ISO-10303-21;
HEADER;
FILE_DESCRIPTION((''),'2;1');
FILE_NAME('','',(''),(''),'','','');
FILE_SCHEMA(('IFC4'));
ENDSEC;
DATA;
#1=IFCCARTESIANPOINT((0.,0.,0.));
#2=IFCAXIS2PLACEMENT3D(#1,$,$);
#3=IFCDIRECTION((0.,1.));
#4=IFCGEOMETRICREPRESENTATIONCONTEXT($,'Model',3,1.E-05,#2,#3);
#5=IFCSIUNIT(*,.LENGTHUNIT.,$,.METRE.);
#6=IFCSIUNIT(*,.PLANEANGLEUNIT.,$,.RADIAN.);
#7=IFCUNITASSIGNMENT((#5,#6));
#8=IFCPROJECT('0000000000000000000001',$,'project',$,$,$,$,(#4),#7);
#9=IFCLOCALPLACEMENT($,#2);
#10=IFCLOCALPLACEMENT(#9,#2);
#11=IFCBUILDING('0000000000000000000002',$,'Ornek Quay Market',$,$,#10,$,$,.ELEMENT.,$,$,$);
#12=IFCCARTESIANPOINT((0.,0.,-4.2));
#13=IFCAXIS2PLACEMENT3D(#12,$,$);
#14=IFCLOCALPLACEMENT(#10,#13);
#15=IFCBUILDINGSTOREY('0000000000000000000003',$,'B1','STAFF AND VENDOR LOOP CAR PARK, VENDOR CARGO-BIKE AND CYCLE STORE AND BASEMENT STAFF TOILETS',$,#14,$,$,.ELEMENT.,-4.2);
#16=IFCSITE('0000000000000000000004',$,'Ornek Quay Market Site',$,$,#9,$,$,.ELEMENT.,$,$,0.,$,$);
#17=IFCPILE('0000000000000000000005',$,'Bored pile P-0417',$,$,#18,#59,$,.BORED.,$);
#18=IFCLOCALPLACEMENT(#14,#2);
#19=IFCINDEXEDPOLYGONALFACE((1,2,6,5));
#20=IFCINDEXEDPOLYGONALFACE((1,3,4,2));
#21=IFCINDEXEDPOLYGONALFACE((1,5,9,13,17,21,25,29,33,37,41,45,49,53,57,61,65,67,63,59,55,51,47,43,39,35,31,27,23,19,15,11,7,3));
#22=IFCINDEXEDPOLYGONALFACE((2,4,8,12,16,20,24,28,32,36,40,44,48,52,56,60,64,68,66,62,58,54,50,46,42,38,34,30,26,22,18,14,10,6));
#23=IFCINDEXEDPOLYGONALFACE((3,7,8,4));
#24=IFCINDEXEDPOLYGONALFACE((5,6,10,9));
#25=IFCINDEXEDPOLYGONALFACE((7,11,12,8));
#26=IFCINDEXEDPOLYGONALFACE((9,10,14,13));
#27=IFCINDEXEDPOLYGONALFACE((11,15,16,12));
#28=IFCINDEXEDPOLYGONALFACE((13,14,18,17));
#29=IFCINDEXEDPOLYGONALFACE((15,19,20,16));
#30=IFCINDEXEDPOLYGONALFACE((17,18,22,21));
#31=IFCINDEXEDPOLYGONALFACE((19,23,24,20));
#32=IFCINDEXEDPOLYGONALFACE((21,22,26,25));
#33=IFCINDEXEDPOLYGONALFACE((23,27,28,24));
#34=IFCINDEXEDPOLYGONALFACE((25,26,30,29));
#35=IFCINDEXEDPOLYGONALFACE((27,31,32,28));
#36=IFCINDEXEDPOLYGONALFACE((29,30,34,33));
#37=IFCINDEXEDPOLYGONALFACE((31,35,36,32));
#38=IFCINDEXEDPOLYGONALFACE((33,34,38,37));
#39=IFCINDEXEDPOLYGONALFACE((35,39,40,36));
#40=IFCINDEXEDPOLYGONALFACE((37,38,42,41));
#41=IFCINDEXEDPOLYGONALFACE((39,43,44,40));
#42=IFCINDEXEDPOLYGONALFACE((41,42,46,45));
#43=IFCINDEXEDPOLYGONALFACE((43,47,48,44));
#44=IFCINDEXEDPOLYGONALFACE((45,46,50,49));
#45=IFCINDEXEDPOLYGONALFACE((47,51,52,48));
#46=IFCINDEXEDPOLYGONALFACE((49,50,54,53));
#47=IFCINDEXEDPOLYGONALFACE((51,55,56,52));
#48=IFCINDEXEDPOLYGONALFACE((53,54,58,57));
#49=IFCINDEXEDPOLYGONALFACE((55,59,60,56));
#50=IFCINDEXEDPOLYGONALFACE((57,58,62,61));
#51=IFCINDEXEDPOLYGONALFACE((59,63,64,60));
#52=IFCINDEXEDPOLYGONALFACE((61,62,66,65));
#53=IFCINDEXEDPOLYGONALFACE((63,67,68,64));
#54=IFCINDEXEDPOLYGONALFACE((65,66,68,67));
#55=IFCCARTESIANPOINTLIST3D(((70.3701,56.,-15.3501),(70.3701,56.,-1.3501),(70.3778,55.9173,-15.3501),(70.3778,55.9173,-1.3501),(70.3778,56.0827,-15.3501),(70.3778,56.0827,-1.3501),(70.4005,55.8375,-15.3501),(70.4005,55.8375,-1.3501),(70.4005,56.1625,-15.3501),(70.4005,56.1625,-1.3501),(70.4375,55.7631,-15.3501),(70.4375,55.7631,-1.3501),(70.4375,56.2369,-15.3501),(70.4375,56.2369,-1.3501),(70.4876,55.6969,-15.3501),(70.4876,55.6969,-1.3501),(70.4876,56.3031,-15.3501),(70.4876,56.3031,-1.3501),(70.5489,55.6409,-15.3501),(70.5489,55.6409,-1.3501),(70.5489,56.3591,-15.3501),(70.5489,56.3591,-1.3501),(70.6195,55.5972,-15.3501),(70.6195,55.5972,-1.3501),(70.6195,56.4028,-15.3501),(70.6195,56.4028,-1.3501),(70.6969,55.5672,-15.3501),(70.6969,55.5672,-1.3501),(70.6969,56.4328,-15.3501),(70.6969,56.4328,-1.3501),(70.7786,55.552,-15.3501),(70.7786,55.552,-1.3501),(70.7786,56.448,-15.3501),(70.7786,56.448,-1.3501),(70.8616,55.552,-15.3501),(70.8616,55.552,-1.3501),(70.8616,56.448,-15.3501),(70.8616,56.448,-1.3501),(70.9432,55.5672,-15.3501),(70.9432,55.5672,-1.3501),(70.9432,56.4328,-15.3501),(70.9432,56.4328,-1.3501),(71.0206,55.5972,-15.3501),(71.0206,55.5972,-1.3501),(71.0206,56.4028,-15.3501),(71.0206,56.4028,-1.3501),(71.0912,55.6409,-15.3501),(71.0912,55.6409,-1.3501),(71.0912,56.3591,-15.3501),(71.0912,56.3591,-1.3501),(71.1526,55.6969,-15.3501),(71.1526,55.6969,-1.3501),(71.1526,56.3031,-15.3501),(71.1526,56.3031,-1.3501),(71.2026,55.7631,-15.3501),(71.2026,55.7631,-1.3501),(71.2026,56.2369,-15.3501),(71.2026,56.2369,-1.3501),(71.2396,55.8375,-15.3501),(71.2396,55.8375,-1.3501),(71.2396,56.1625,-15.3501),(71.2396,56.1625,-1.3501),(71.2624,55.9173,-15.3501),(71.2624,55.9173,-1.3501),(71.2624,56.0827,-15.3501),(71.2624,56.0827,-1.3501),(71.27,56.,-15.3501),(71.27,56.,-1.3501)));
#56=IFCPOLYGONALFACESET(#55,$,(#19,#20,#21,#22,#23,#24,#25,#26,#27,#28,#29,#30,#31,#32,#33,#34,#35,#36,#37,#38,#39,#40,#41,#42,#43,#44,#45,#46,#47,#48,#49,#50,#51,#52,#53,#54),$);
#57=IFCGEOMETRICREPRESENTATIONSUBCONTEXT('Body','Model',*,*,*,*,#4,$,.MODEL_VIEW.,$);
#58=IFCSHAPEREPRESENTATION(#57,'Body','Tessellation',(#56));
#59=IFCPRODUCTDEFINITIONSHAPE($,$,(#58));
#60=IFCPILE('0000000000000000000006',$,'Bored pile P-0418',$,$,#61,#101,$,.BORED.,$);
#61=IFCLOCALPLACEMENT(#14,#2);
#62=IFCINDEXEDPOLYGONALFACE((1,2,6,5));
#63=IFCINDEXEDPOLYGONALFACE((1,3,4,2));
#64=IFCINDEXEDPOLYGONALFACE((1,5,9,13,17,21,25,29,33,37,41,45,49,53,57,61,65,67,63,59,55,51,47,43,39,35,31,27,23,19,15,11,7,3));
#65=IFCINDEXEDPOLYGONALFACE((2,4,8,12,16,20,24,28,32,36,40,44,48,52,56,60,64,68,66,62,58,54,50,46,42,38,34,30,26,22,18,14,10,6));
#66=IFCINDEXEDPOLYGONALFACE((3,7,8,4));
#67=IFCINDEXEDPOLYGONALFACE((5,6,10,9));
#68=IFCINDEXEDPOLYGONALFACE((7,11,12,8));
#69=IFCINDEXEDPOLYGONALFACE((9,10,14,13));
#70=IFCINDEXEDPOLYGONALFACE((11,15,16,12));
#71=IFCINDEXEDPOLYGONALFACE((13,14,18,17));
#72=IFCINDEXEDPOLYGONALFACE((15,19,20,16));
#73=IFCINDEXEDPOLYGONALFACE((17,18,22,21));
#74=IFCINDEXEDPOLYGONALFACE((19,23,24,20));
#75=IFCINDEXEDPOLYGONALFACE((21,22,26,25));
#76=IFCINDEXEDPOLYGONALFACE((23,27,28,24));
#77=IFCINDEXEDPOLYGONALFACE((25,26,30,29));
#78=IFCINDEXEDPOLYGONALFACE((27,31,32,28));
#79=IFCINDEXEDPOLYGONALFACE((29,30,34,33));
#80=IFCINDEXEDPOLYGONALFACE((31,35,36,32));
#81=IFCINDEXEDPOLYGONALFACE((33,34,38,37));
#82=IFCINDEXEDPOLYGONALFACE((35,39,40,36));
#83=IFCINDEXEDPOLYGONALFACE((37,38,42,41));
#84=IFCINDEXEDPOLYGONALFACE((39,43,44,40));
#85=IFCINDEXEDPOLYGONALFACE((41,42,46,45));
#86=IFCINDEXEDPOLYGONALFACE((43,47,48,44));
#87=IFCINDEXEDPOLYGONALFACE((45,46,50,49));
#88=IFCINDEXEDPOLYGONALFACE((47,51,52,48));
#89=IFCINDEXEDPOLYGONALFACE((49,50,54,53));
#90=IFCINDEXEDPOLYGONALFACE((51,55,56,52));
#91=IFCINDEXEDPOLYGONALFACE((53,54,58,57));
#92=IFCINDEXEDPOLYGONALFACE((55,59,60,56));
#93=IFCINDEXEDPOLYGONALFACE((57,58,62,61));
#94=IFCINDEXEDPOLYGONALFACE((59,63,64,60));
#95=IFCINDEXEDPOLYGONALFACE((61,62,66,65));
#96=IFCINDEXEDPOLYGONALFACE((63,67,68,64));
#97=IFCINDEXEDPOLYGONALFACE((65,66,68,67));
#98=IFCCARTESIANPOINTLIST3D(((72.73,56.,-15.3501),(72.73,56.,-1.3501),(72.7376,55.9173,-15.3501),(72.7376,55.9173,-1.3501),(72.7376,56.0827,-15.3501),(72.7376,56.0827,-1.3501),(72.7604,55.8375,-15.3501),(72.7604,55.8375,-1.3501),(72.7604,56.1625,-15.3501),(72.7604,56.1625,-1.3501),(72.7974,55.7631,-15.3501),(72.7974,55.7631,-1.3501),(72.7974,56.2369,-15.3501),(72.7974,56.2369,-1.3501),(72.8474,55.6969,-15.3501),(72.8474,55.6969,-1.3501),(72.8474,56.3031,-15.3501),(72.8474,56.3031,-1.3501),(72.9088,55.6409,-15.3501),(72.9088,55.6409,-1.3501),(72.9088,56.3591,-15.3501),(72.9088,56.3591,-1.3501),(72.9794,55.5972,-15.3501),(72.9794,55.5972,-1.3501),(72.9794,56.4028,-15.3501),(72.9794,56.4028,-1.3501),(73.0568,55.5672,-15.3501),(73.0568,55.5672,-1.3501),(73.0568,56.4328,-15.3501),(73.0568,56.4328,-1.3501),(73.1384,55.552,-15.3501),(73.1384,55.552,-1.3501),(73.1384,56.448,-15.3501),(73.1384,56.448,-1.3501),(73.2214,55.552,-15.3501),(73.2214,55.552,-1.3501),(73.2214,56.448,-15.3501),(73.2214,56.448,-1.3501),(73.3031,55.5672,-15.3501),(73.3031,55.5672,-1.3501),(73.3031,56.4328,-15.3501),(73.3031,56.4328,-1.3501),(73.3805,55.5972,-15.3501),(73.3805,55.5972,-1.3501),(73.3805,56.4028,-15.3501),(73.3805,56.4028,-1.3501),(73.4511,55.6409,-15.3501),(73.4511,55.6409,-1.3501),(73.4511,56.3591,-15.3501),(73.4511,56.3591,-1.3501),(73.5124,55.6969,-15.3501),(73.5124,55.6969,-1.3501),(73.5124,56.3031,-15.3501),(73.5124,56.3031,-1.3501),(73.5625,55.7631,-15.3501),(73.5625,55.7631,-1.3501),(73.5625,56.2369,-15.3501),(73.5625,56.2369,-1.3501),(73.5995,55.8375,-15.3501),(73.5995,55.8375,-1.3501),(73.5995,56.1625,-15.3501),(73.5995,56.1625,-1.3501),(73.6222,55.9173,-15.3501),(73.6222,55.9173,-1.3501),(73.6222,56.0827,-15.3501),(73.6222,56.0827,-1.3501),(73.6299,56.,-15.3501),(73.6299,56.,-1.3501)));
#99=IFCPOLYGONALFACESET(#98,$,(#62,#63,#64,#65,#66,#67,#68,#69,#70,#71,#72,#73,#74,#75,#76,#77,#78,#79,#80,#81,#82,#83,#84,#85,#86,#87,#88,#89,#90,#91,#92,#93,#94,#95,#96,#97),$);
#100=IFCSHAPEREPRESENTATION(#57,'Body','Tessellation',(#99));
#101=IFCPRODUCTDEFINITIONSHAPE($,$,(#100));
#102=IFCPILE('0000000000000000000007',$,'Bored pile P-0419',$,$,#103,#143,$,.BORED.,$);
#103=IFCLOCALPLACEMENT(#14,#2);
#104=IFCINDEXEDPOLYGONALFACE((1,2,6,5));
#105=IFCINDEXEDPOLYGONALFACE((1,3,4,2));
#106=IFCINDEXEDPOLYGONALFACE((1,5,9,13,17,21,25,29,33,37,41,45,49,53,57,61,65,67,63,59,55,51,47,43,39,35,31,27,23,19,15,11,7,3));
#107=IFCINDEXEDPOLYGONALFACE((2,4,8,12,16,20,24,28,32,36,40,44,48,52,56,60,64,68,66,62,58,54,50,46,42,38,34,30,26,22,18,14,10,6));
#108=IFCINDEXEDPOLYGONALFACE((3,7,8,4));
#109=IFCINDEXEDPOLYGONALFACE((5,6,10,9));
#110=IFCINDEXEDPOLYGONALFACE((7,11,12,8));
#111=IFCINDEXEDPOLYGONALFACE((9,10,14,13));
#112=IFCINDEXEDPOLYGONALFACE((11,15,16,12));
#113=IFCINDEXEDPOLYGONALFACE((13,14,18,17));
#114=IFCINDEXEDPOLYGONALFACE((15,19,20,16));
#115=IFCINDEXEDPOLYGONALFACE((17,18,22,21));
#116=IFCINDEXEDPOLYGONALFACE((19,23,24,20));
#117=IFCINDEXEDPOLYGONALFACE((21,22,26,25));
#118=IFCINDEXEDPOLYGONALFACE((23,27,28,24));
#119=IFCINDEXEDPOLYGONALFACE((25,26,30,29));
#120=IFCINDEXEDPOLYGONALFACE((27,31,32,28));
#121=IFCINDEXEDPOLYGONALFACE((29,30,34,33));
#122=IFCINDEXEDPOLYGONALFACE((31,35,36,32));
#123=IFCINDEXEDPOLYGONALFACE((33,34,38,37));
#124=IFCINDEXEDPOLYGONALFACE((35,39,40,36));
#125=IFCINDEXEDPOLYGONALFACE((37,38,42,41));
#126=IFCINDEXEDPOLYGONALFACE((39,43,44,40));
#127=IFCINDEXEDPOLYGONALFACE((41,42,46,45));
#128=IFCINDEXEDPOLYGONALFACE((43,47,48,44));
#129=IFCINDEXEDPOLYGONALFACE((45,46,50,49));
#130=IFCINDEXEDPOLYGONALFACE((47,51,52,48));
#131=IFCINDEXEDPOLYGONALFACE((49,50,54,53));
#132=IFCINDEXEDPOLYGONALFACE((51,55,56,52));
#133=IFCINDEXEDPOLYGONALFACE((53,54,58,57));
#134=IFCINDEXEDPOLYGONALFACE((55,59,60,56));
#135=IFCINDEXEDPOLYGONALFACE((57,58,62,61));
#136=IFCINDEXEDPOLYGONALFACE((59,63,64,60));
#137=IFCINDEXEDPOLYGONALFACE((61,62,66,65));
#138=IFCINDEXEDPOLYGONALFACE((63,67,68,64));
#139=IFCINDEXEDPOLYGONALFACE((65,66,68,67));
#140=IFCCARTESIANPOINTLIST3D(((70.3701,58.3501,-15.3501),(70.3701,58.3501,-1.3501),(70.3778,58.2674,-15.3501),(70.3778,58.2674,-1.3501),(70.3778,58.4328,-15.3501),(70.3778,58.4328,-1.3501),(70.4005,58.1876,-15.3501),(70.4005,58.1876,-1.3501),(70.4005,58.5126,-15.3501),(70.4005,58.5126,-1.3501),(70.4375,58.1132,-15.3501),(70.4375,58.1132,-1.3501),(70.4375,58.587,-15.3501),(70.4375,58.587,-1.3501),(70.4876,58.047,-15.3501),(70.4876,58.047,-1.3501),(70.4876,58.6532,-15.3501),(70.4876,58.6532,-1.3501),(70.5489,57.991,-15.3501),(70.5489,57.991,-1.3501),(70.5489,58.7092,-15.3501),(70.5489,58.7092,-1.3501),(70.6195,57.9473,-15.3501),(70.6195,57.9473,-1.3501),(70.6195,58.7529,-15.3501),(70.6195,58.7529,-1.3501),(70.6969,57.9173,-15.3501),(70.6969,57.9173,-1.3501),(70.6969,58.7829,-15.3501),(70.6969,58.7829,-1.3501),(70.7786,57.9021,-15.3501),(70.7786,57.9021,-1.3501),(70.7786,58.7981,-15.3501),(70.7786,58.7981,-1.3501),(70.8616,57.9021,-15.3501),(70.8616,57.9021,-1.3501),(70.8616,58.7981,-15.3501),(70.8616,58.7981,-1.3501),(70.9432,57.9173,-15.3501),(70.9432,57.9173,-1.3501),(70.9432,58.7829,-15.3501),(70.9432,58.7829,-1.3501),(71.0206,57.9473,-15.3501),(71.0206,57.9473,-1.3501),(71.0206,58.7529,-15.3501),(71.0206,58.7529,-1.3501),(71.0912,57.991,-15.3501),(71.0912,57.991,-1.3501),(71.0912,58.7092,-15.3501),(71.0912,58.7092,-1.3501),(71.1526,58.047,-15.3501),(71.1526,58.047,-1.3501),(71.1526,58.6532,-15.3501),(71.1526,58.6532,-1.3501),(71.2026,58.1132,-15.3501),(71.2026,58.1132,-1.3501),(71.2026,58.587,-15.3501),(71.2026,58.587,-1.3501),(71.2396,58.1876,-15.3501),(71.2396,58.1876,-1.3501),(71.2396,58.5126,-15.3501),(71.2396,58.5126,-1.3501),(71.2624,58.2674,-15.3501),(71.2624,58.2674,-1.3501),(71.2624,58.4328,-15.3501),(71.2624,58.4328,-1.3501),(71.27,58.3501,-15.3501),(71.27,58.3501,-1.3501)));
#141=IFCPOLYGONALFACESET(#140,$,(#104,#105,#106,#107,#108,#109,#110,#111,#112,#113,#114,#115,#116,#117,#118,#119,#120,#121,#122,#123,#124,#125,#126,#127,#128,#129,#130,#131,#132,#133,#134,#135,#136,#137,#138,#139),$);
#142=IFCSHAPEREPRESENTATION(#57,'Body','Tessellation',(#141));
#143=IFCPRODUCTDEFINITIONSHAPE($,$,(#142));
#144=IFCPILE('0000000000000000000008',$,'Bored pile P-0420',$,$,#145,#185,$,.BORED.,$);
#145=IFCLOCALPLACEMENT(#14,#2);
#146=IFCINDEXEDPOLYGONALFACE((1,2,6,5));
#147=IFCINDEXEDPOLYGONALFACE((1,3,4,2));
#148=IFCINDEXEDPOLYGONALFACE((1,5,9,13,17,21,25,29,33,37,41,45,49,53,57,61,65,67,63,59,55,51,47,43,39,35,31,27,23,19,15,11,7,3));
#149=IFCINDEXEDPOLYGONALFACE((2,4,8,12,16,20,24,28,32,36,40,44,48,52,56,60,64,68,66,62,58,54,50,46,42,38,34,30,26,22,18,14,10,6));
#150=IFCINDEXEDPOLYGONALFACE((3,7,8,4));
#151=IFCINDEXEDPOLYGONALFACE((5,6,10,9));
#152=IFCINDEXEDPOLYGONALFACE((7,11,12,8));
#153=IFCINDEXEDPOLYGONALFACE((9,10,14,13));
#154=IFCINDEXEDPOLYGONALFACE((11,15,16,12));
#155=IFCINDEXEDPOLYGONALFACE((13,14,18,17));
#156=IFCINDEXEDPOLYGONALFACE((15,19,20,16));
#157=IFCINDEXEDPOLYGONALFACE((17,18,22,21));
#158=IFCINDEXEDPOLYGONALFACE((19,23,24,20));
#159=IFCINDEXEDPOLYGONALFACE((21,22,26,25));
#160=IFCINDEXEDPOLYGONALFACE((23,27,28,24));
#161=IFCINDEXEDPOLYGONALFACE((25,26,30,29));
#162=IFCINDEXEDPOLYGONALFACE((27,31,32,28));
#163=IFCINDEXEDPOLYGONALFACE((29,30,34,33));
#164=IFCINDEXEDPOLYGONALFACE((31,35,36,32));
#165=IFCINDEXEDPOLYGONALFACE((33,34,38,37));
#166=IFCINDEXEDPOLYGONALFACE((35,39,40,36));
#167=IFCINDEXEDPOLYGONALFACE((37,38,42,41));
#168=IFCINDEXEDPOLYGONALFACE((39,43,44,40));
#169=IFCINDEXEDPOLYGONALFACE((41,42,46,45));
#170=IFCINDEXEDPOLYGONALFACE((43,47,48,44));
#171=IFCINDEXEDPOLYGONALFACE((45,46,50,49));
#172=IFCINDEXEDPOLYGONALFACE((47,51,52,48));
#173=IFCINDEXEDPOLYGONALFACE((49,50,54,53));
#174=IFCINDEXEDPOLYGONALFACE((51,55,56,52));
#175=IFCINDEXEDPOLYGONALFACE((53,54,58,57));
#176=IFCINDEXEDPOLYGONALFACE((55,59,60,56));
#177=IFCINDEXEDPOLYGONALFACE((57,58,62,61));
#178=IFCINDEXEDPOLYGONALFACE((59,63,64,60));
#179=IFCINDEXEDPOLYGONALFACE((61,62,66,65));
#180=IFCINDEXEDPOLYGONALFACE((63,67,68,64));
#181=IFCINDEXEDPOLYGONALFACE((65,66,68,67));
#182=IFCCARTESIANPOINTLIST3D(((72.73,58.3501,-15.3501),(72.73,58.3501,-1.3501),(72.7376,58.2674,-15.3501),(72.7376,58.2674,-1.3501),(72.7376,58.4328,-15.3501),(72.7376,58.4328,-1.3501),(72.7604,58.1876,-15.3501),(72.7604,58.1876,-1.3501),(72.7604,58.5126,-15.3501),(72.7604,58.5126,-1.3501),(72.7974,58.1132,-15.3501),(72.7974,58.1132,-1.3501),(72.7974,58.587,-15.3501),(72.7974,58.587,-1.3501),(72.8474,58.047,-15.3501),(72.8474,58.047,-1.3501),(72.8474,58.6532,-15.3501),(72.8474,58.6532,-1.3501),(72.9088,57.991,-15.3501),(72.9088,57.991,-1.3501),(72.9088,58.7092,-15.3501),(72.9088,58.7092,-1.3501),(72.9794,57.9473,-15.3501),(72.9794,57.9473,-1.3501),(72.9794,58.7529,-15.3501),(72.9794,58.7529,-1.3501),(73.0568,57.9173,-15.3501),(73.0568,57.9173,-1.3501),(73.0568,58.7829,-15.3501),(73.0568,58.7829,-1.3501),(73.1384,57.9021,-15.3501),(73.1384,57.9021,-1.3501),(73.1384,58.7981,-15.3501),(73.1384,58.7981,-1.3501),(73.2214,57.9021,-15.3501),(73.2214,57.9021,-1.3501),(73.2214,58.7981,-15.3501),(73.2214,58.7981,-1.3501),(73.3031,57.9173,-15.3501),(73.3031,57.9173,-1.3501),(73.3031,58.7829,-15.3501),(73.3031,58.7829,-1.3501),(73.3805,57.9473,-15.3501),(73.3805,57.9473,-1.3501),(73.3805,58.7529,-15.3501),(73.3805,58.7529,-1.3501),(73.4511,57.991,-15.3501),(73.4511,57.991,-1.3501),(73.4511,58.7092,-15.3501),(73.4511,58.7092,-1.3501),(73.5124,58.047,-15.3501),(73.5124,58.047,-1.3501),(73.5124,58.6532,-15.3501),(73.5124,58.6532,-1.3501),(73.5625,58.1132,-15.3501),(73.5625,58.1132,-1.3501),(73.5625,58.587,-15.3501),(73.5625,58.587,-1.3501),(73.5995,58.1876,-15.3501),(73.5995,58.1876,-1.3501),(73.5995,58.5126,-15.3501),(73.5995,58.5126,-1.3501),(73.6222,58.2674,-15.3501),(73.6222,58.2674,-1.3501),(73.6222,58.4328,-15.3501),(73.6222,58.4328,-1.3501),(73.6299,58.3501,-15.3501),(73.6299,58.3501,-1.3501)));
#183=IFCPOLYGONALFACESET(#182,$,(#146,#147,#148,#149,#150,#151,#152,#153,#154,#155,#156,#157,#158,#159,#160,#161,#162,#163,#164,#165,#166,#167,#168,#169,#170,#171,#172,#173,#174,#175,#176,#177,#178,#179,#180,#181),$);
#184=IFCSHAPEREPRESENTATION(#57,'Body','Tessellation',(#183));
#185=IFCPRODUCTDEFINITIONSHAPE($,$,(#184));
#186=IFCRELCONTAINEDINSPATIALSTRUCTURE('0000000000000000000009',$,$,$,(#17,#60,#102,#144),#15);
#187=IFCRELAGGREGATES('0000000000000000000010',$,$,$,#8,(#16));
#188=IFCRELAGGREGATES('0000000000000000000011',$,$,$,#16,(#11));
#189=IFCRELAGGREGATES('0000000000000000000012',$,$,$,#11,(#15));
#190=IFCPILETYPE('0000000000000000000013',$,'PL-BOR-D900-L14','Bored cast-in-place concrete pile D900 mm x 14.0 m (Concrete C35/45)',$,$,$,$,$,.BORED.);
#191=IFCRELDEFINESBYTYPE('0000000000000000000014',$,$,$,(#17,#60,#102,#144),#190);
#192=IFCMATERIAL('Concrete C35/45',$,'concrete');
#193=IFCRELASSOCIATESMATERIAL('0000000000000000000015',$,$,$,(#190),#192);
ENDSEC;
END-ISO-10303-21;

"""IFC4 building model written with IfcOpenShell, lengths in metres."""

from ifc_helpers import new_model, si_unit, direction, frame, origin, origin_2d, place, context, subcontext, project, spatial, circle, extrude, material, material_profile, profile_set, type_object, element, save


model = new_model("IFC4")

# Units and contexts
model_context = context("Model", 3, precision=1e-05, world=origin(), true_north=direction((0.0, 1.0)))
body_context = subcontext(model_context, "Body", "Model", "MODEL_VIEW")
ifc_project = project(units=[si_unit("LENGTHUNIT", "METRE"), si_unit("PLANEANGLEUNIT", "RADIAN")], contexts=[model_context])

# Site, building, storey
site_placement = place(None, origin())
site = spatial("IfcSite", under=ifc_project, at=site_placement, Name="Ornek Quay Market Site", CompositionType="ELEMENT", RefElevation=0.0)
building_placement = place(site_placement, origin())
building = spatial("IfcBuilding", under=site, at=building_placement, Name="Ornek Quay Market", CompositionType="ELEMENT")
storey_placement = place(building_placement, frame((0.0, 0.0, -4.2)))
storey = spatial("IfcBuildingStorey", under=building, at=storey_placement, Name="B1", Description="STAFF AND VENDOR LOOP CAR PARK, VENDOR CARGO-BIKE AND CYCLE STORE AND BASEMENT STAFF TOILETS", CompositionType="ELEMENT", Elevation=-4.2)

# Piles
ifc_material_1 = material(Name="Concrete C35/45", Category="concrete")
ifc_material_profile_1 = material_profile(ifc_material_1, circle(Radius=0.45, at=origin_2d()), Name="PILE D900", Category="concrete")
ifc_profile_set_1 = profile_set([ifc_material_profile_1], Name="Concrete C35/45")
pile_type = type_object("IfcPileType", Name="PL-BOR-D900-L14", Description="Bored cast-in-place concrete pile D900 mm x 14.0 m (Concrete C35/45)", PredefinedType="BORED", material=ifc_profile_set_1)
for number, where, z_axis, x_axis, name in (
    (1, (70.8201, 56.0, -1.3501), (0.0, 0.0, -1.0), (1.0, 0.0, 0.0), "Bored pile P-0417"),
    (2, (73.1799, 56.0, -1.3501), (0.0, 0.0, -1.0), (1.0, 0.0, 0.0), "Bored pile P-0418"),
    (3, (70.8201, 58.3501, -1.3501), (0.0, 0.0, -1.0), (1.0, 0.0, 0.0), "Bored pile P-0419"),
    (4, (73.1799, 58.3501, -1.3501), (0.0, 0.0, -1.0), (1.0, 0.0, 0.0), "Bored pile P-0420"),
):
    element("IfcPile", number, at=place(storey_placement, frame(where, z_axis=z_axis, x_axis=x_axis)), inside=storey, type_object=pile_type, Name=name, PredefinedType="BORED", context=body_context, shape_type="SweptSolid", body=[
        extrude(circle(Radius=0.45, at=origin_2d()), origin(), (0.0, 0.0, 1.0), 14.0),
    ])

save(model, "model.ifc")
